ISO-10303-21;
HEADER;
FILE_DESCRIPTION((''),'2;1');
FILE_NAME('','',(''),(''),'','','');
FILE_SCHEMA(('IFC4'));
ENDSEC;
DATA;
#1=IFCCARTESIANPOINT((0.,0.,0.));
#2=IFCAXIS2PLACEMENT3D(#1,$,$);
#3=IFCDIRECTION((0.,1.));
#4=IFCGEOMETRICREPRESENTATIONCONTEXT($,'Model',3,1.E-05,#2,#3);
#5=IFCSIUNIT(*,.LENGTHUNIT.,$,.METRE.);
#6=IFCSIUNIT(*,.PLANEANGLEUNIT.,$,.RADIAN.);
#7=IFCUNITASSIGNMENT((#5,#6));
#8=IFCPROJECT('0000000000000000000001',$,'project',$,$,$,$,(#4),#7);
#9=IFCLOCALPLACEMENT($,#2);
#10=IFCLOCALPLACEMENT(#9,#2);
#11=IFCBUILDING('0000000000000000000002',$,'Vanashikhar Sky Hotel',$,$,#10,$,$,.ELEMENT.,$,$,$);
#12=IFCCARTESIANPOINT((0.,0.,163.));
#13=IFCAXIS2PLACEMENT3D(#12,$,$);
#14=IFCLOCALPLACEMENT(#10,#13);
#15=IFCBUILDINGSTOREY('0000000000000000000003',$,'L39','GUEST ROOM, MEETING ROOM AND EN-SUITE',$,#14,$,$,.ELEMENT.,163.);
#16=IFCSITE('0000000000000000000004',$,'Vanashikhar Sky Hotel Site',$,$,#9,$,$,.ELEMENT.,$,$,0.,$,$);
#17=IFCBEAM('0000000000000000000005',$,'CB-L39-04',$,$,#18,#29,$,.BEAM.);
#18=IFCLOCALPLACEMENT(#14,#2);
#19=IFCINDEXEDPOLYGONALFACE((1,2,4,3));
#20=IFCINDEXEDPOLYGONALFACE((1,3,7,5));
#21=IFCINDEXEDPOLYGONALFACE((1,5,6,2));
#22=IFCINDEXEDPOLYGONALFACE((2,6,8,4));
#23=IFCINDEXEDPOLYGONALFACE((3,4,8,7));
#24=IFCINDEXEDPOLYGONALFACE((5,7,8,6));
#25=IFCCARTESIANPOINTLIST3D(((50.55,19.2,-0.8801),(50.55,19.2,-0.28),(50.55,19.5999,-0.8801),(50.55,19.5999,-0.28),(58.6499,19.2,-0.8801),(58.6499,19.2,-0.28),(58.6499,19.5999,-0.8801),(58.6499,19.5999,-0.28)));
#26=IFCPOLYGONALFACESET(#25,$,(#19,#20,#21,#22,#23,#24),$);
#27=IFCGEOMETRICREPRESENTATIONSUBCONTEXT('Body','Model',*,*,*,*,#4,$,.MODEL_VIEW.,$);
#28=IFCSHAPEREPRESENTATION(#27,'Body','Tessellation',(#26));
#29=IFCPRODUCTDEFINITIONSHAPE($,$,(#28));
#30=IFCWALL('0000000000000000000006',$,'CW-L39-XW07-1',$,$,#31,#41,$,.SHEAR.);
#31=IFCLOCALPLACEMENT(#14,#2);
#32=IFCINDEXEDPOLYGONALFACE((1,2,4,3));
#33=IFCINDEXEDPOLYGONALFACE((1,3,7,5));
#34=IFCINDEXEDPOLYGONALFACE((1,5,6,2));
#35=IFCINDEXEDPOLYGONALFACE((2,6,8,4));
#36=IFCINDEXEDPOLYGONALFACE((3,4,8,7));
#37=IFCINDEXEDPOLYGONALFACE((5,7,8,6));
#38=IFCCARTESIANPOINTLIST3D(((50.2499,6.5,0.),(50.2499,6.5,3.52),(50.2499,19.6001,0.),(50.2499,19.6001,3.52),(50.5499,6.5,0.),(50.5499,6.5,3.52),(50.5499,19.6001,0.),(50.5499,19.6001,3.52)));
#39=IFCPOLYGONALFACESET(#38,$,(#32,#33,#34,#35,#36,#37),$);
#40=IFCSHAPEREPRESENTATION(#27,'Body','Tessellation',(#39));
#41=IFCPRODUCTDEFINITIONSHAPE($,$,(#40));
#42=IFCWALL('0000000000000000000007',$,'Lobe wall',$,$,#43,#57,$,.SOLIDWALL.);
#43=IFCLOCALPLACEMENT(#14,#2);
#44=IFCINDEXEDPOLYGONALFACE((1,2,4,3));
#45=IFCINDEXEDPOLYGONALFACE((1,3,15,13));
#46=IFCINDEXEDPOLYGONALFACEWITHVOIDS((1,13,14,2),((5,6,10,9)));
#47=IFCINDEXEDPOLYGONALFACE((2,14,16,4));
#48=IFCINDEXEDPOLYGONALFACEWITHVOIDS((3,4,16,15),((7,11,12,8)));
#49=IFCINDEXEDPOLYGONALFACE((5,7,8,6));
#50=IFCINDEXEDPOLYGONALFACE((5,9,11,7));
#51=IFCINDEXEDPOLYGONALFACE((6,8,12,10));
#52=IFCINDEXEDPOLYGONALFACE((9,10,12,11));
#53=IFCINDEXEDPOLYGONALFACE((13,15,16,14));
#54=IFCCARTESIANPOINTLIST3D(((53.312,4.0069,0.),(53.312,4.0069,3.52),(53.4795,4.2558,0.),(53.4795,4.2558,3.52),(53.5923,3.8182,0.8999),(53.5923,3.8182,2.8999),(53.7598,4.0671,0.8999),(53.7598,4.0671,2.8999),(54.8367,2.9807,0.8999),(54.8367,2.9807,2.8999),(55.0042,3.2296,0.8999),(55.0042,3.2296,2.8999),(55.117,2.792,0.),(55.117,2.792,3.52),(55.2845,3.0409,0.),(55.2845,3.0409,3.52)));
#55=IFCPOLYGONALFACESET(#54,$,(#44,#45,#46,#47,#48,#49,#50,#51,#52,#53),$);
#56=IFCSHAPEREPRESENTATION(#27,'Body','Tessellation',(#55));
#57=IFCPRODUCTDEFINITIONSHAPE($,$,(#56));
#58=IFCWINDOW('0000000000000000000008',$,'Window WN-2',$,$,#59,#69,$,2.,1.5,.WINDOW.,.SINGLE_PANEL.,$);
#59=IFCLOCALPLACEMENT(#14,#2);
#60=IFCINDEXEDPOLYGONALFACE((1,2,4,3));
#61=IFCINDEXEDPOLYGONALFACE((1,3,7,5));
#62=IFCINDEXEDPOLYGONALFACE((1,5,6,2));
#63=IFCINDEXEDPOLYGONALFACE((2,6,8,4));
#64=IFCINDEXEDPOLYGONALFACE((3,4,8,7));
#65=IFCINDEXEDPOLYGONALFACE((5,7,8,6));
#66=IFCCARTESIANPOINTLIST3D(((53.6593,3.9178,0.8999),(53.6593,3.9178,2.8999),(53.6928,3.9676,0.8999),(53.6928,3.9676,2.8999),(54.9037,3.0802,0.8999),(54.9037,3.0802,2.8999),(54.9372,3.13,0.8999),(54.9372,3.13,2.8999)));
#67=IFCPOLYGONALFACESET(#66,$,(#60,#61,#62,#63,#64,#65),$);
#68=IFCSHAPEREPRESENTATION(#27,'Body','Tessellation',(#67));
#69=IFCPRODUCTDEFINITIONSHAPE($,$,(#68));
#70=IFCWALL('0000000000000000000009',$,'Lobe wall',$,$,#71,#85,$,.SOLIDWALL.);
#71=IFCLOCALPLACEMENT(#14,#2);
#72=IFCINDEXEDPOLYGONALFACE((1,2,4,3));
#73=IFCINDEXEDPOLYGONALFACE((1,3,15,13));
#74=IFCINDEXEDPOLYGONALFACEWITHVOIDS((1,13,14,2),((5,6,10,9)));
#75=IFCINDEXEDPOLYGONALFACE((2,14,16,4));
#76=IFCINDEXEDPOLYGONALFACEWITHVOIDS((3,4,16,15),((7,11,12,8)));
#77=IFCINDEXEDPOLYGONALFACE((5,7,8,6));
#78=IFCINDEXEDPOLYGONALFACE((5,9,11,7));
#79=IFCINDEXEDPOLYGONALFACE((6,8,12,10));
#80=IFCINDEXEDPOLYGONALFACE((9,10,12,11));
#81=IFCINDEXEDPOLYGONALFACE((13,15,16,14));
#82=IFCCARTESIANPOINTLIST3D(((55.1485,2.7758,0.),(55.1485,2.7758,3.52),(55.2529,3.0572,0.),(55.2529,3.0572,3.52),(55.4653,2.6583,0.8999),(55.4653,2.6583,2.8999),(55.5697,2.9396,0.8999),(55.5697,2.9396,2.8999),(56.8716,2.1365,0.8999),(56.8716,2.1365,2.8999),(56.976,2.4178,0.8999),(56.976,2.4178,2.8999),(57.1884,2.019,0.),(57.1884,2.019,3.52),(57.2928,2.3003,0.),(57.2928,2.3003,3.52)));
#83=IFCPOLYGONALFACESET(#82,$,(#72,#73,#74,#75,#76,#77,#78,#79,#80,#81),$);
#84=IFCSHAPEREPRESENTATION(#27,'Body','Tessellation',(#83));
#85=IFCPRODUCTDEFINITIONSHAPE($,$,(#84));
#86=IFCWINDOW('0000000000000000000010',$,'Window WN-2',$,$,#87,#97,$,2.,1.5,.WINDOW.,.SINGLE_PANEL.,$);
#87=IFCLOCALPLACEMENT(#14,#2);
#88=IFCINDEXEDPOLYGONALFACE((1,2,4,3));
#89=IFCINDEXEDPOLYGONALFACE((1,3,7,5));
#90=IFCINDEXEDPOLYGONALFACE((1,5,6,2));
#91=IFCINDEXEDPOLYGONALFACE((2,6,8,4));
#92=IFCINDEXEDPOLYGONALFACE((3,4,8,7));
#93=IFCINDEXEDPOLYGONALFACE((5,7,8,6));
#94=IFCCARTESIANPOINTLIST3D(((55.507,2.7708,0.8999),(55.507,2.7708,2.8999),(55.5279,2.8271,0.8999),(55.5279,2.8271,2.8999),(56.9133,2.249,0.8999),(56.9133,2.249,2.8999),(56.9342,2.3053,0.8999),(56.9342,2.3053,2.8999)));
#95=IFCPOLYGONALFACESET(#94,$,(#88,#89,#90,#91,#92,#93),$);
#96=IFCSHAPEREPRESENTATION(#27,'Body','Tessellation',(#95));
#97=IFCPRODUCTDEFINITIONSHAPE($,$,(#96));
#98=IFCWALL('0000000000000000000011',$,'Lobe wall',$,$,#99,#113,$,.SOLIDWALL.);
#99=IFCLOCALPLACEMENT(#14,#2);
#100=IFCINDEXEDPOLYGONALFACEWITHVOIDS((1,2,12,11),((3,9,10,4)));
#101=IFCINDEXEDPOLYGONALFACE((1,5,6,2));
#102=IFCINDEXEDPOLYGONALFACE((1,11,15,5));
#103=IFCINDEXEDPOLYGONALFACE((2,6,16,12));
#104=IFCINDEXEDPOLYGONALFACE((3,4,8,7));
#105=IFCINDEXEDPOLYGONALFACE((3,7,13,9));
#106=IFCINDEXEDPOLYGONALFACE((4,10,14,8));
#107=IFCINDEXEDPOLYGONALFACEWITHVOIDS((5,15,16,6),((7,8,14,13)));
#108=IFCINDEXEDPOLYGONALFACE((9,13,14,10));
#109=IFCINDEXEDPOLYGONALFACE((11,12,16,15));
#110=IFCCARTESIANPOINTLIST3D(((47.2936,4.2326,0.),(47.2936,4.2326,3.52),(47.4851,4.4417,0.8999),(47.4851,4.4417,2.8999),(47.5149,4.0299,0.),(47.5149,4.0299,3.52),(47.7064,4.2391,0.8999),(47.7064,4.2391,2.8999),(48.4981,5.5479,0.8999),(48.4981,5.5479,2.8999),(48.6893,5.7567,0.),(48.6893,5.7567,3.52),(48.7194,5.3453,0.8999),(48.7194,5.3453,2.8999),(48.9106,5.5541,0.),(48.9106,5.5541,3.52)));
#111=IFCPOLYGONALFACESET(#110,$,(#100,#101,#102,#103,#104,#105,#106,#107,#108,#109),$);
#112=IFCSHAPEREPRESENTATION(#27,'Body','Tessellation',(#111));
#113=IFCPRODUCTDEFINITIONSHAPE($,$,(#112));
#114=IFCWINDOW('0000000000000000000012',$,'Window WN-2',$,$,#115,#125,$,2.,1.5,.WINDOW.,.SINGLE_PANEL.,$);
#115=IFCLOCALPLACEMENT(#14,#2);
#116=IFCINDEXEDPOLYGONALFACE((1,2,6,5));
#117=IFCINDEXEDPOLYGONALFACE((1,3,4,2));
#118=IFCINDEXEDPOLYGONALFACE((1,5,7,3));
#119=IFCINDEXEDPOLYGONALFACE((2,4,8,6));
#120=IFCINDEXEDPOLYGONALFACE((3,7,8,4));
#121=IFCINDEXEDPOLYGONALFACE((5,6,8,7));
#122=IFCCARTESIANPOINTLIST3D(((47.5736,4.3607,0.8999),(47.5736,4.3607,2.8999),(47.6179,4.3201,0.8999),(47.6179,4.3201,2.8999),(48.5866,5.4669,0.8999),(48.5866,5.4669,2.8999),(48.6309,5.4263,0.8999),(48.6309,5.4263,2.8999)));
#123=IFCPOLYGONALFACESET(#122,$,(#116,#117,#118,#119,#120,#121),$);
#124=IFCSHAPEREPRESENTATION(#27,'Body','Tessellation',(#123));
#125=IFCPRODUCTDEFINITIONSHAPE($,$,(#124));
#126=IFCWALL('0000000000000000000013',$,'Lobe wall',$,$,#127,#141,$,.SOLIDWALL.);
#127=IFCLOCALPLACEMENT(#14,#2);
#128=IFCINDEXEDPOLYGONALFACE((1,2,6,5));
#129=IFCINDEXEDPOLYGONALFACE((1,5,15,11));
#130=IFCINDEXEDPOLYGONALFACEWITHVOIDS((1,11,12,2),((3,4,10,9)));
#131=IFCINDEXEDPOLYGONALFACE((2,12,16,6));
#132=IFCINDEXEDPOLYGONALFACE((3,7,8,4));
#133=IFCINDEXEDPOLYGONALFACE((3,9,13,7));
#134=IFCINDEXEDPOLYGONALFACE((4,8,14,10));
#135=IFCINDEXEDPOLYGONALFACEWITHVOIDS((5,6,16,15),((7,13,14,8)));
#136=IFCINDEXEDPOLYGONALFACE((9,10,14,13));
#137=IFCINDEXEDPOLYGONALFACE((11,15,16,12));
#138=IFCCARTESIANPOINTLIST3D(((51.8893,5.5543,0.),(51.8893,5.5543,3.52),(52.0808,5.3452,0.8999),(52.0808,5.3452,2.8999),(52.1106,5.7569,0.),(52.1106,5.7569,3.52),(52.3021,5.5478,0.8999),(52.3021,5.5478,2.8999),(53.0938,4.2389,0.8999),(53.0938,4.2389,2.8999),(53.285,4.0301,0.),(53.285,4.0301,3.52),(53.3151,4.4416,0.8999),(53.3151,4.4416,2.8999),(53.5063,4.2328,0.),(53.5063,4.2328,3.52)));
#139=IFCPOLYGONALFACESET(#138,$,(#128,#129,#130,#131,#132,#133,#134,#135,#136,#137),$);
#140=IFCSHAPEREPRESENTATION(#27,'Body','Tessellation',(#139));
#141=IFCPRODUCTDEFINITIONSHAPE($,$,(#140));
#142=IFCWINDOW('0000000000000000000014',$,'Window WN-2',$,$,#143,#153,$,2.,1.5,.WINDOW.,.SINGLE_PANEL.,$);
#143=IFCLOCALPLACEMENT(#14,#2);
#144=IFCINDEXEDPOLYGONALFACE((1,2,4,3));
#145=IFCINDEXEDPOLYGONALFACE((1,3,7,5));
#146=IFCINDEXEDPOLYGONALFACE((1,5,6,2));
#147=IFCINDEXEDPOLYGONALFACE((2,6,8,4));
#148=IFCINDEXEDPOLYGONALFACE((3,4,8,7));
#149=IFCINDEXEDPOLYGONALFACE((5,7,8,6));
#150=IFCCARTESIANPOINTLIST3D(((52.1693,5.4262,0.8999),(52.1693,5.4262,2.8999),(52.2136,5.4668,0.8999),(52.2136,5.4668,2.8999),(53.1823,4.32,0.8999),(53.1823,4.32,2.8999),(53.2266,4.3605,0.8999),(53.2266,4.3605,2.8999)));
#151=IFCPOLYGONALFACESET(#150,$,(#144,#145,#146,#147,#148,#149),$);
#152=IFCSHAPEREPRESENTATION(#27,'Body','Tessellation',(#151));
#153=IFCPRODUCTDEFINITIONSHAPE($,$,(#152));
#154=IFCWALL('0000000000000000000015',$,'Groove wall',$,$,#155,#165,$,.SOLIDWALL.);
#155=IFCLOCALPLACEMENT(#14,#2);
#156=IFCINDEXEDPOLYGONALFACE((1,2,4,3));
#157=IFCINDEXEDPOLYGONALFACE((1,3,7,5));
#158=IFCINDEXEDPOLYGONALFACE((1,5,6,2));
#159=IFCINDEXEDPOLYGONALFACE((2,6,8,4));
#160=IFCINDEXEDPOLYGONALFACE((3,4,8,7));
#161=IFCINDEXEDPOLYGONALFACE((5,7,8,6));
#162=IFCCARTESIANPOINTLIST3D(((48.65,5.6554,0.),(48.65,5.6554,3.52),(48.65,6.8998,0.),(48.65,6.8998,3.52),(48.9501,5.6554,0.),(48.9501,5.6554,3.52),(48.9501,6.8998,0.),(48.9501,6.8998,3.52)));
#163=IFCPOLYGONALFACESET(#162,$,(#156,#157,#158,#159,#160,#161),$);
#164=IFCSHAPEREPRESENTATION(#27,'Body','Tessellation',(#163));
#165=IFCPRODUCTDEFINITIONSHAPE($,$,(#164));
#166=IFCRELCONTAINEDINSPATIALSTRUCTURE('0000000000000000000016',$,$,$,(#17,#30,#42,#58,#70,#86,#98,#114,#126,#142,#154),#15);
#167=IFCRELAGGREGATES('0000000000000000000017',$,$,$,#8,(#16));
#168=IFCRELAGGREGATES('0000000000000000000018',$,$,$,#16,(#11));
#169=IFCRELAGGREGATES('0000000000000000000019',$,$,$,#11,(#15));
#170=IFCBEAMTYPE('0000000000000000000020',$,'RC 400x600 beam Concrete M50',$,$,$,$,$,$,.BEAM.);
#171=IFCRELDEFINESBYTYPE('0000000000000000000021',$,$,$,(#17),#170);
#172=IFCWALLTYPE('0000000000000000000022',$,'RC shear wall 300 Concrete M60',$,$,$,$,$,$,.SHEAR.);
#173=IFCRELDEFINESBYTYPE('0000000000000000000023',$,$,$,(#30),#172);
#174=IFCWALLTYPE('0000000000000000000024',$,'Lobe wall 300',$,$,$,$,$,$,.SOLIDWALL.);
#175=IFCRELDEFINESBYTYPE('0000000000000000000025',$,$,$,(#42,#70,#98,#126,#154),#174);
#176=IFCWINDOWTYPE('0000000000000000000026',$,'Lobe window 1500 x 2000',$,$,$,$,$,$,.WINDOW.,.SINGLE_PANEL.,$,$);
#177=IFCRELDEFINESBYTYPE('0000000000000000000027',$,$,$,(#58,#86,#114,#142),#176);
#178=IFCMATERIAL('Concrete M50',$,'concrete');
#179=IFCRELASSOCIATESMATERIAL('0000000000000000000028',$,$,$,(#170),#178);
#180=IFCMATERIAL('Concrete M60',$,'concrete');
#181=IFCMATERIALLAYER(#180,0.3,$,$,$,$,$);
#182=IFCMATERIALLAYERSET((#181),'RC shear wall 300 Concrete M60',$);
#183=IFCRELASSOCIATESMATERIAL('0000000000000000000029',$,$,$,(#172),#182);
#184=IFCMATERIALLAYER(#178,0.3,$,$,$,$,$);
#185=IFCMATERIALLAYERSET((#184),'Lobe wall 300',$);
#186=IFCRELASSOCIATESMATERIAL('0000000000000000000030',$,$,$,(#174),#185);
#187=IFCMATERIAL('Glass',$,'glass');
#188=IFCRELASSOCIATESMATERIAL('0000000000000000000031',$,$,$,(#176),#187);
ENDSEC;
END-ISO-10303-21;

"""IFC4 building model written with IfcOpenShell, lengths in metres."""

from ifc_helpers import new_model, si_unit, direction, frame, frame_2d, origin, origin_2d, place, context, subcontext, project, spatial, rectangle, extrude, source, transform, mapped, material, layer, layer_set, material_profile, profile_set, type_object, element, fill, save


model = new_model("IFC4")

# Units and contexts
model_context = context("Model", 3, precision=1e-05, world=origin(), true_north=direction((0.0, 1.0)))
body_context = subcontext(model_context, "Body", "Model", "MODEL_VIEW")
ifc_project = project(units=[si_unit("LENGTHUNIT", "METRE"), si_unit("PLANEANGLEUNIT", "RADIAN")], contexts=[model_context])

# Site, building, storey
site_placement = place(None, origin())
site = spatial("IfcSite", under=ifc_project, at=site_placement, Name="Vanashikhar Sky Hotel Site", CompositionType="ELEMENT", RefElevation=0.0)
building_placement = place(site_placement, origin())
building = spatial("IfcBuilding", under=site, at=building_placement, Name="Vanashikhar Sky Hotel", CompositionType="ELEMENT")
storey_placement = place(building_placement, frame((0.0, 0.0, 163.0)))
storey = spatial("IfcBuildingStorey", under=building, at=storey_placement, Name="L39", Description="GUEST ROOM, MEETING ROOM AND EN-SUITE", CompositionType="ELEMENT", Elevation=163.0)

# Beam
ifc_material_1 = material(Name="Concrete M50", Category="concrete")
ifc_material_profile_1 = material_profile(ifc_material_1, rectangle(XDim=0.3999, YDim=0.6001, at=origin_2d()))
ifc_profile_set_1 = profile_set([ifc_material_profile_1], Name="RC 400x600 beam Concrete M50")
beam_type = type_object("IfcBeamType", Name="RC 400x600 beam Concrete M50", PredefinedType="BEAM", material=ifc_profile_set_1)
shared_shape_1 = source(origin(), body_context, "Body", "SweptSolid", [
    extrude(rectangle(XDim=0.3999, YDim=0.6001, at=origin_2d()), origin(), (0.0, 0.0, 1.0), 8.0999),
])
beam_placement = place(storey_placement, frame((50.55, 19.3999, -0.5801), z_axis=(1.0, 0.0, 0.0), x_axis=(0.0, 1.0, 0.0)))
element("IfcBeam", 1, at=beam_placement, inside=storey, type_object=beam_type, Name="CB-L39-04", PredefinedType="BEAM", context=body_context, shape_type="MappedRepresentation", body=[
    mapped(shared_shape_1, transform((0.0, 0.0, 0.0), scale=1.0)),
])

# Wall
ifc_material_2 = material(Name="Concrete M60", Category="concrete")
ifc_layer_1 = layer(ifc_material_2, 0.3)
ifc_layer_set_1 = layer_set([ifc_layer_1], Name="RC shear wall 300 Concrete M60")
wall_type_1 = type_object("IfcWallType", Name="RC shear wall 300 Concrete M60", PredefinedType="SHEAR", material=ifc_layer_set_1)
shared_shape_2 = source(origin(), body_context, "Body", "SweptSolid", [
    extrude(rectangle(XDim=13.1001, YDim=0.3, at=frame_2d((6.55, 0.0))), origin(), (0.0, 0.0, 1.0), 3.52),
])
wall_1_placement = place(storey_placement, frame((50.3999, 6.5, 0.0), z_axis=(0.0, 0.0, 1.0), x_axis=(0.0, 1.0, 0.0)))
element("IfcWall", 2, at=wall_1_placement, inside=storey, type_object=wall_type_1, Name="CW-L39-XW07-1", PredefinedType="SHEAR", context=body_context, shape_type="MappedRepresentation", body=[
    mapped(shared_shape_2, transform((0.0, 0.0, 0.0), scale=1.0)),
])

# Walls, openings, windows
ifc_layer_2 = layer(ifc_material_1, 0.3)
ifc_layer_set_2 = layer_set([ifc_layer_2], Name="Lobe wall 300")
wall_type_2 = type_object("IfcWallType", Name="Lobe wall 300", PredefinedType="SOLIDWALL", material=ifc_layer_set_2)
shared_shape_3 = source(origin(), body_context, "Body", "SweptSolid", [
    extrude(rectangle(XDim=2.1758, YDim=0.3, at=frame_2d((1.0879, 0.0))), origin(), (0.0, 0.0, 1.0), 3.52),
])
wall_2_placement = place(storey_placement, frame((53.3958, 4.1313, 0.0), z_axis=(0.0, 0.0, 1.0), x_axis=(0.829591, -0.558372, 0.0)))
wall_2 = element("IfcWall", 3, at=wall_2_placement, inside=storey, type_object=wall_type_2, Name="Lobe wall", PredefinedType="SOLIDWALL", context=body_context, shape_type="MappedRepresentation", body=[
    mapped(shared_shape_3, transform((0.0, 0.0, 0.0), scale=1.0)),
])
shared_shape_4 = source(origin(), body_context, "Body", "SweptSolid", [
    extrude(rectangle(XDim=1.5, YDim=2.0, at=frame_2d((0.75, 1.0))), frame((0.0, 0.1602, 0.0), z_axis=(0.0, -1.0, 0.0), x_axis=(1.0, 0.0, 0.0)), (0.0, 0.0, 1.0), 0.3201),
])
opening_1_placement = place(wall_2_placement, frame((0.3379, 0.0, 0.8999)))
opening_1 = element("IfcOpeningElement", 4, at=opening_1_placement, cuts=wall_2, PredefinedType="OPENING", context=body_context, shape_type="MappedRepresentation", body=[
    mapped(shared_shape_4, transform((0.0, 0.0, 0.0), scale=1.0)),
])
ifc_material_3 = material(Name="Glass", Category="glass")
window_type = type_object("IfcWindowType", Name="Lobe window 1500 x 2000", PartitioningType="SINGLE_PANEL", PredefinedType="WINDOW", material=ifc_material_3)
shared_shape_5 = source(origin(), body_context, "Body", "SweptSolid", [
    extrude(rectangle(XDim=1.5, YDim=2.0, at=frame_2d((0.75, 1.0))), frame((0.0, 0.03, 0.0), z_axis=(0.0, -1.0, 0.0), x_axis=(1.0, 0.0, 0.0)), (0.0, 0.0, 1.0), 0.0601),
])
window_1_placement = place(opening_1_placement, origin())
window_1 = element("IfcWindow", 5, at=window_1_placement, inside=storey, type_object=window_type, Name="Window WN-2", OverallHeight=2.0, OverallWidth=1.5, PartitioningType="SINGLE_PANEL", PredefinedType="WINDOW", context=body_context, shape_type="MappedRepresentation", body=[
    mapped(shared_shape_5, transform((0.0, 0.0, 0.0), scale=1.0)),
])
fill(opening_1, window_1)
wall_3_placement = place(storey_placement, frame((55.2007, 2.9165, 0.0), z_axis=(0.0, 0.0, 1.0), x_axis=(0.937546, -0.347863, 0.0)))
wall_3 = element("IfcWall", 6, at=wall_3_placement, inside=storey, type_object=wall_type_2, Name="Lobe wall", PredefinedType="SOLIDWALL", context=body_context, shape_type="MappedRepresentation", body=[
    mapped(shared_shape_3, transform((0.0, 0.0, 0.0), scale=1.0)),
])
opening_2_placement = place(wall_3_placement, frame((0.3379, 0.0, 0.8999)))
opening_2 = element("IfcOpeningElement", 7, at=opening_2_placement, cuts=wall_3, PredefinedType="OPENING", context=body_context, shape_type="MappedRepresentation", body=[
    mapped(shared_shape_4, transform((0.0, 0.0, 0.0), scale=1.0)),
])
window_2_placement = place(opening_2_placement, origin())
window_2 = element("IfcWindow", 8, at=window_2_placement, inside=storey, type_object=window_type, Name="Window WN-2", OverallHeight=2.0, OverallWidth=1.5, PartitioningType="SINGLE_PANEL", PredefinedType="WINDOW", context=body_context, shape_type="MappedRepresentation", body=[
    mapped(shared_shape_5, transform((0.0, 0.0, 0.0), scale=1.0)),
])
fill(opening_2, window_2)
shared_shape_6 = source(origin(), body_context, "Body", "SweptSolid", [
    extrude(rectangle(XDim=2.0667, YDim=0.3, at=frame_2d((1.0332, 0.0))), origin(), (0.0, 0.0, 1.0), 3.52),
])
wall_4_placement = place(storey_placement, frame((47.4043, 4.1313, 0.0), z_axis=(0.0, 0.0, 1.0), x_axis=(0.675355, 0.737492, 0.0)))
wall_4 = element("IfcWall", 9, at=wall_4_placement, inside=storey, type_object=wall_type_2, Name="Lobe wall", PredefinedType="SOLIDWALL", context=body_context, shape_type="MappedRepresentation", body=[
    mapped(shared_shape_6, transform((0.0, 0.0, 0.0), scale=1.0)),
])
opening_3_placement = place(wall_4_placement, frame((0.2834, 0.0, 0.8999)))
opening_3 = element("IfcOpeningElement", 10, at=opening_3_placement, cuts=wall_4, PredefinedType="OPENING", context=body_context, shape_type="MappedRepresentation", body=[
    mapped(shared_shape_4, transform((0.0, 0.0, 0.0), scale=1.0)),
])
window_3_placement = place(opening_3_placement, origin())
window_3 = element("IfcWindow", 11, at=window_3_placement, inside=storey, type_object=window_type, Name="Window WN-2", OverallHeight=2.0, OverallWidth=1.5, PartitioningType="SINGLE_PANEL", PredefinedType="WINDOW", context=body_context, shape_type="MappedRepresentation", body=[
    mapped(shared_shape_5, transform((0.0, 0.0, 0.0), scale=1.0)),
])
fill(opening_3, window_3)
wall_5_placement = place(storey_placement, frame((52.0, 5.6555, 0.0), z_axis=(0.0, 0.0, 1.0), x_axis=(0.675355, -0.737492, 0.0)))
wall_5 = element("IfcWall", 12, at=wall_5_placement, inside=storey, type_object=wall_type_2, Name="Lobe wall", PredefinedType="SOLIDWALL", context=body_context, shape_type="MappedRepresentation", body=[
    mapped(shared_shape_6, transform((0.0, 0.0, 0.0), scale=1.0)),
])
opening_4_placement = place(wall_5_placement, frame((0.2834, 0.0, 0.8999)))
opening_4 = element("IfcOpeningElement", 13, at=opening_4_placement, cuts=wall_5, PredefinedType="OPENING", context=body_context, shape_type="MappedRepresentation", body=[
    mapped(shared_shape_4, transform((0.0, 0.0, 0.0), scale=1.0)),
])
window_4_placement = place(opening_4_placement, origin())
window_4 = element("IfcWindow", 14, at=window_4_placement, inside=storey, type_object=window_type, Name="Window WN-2", OverallHeight=2.0, OverallWidth=1.5, PartitioningType="SINGLE_PANEL", PredefinedType="WINDOW", context=body_context, shape_type="MappedRepresentation", body=[
    mapped(shared_shape_5, transform((0.0, 0.0, 0.0), scale=1.0)),
])
fill(opening_4, window_4)

# Wall
shared_shape_7 = source(origin(), body_context, "Body", "SweptSolid", [
    extrude(rectangle(XDim=1.2444, YDim=0.3, at=frame_2d((0.6221, 0.0))), origin(), (0.0, 0.0, 1.0), 3.52),
])
for number, where, z_axis, x_axis, name in (
    (15, (48.8, 5.6555, 0.0), (0.0, 0.0, 1.0), (0.0, 1.0, 0.0), "Groove wall"),
):
    element("IfcWall", number, at=place(storey_placement, frame(where, z_axis=z_axis, x_axis=x_axis)), inside=storey, type_object=wall_type_2, Name=name, PredefinedType="SOLIDWALL", context=body_context, shape_type="MappedRepresentation", body=[
        mapped(shared_shape_7, transform((0.0, 0.0, 0.0), scale=1.0)),
    ])

save(model, "model.ifc")
